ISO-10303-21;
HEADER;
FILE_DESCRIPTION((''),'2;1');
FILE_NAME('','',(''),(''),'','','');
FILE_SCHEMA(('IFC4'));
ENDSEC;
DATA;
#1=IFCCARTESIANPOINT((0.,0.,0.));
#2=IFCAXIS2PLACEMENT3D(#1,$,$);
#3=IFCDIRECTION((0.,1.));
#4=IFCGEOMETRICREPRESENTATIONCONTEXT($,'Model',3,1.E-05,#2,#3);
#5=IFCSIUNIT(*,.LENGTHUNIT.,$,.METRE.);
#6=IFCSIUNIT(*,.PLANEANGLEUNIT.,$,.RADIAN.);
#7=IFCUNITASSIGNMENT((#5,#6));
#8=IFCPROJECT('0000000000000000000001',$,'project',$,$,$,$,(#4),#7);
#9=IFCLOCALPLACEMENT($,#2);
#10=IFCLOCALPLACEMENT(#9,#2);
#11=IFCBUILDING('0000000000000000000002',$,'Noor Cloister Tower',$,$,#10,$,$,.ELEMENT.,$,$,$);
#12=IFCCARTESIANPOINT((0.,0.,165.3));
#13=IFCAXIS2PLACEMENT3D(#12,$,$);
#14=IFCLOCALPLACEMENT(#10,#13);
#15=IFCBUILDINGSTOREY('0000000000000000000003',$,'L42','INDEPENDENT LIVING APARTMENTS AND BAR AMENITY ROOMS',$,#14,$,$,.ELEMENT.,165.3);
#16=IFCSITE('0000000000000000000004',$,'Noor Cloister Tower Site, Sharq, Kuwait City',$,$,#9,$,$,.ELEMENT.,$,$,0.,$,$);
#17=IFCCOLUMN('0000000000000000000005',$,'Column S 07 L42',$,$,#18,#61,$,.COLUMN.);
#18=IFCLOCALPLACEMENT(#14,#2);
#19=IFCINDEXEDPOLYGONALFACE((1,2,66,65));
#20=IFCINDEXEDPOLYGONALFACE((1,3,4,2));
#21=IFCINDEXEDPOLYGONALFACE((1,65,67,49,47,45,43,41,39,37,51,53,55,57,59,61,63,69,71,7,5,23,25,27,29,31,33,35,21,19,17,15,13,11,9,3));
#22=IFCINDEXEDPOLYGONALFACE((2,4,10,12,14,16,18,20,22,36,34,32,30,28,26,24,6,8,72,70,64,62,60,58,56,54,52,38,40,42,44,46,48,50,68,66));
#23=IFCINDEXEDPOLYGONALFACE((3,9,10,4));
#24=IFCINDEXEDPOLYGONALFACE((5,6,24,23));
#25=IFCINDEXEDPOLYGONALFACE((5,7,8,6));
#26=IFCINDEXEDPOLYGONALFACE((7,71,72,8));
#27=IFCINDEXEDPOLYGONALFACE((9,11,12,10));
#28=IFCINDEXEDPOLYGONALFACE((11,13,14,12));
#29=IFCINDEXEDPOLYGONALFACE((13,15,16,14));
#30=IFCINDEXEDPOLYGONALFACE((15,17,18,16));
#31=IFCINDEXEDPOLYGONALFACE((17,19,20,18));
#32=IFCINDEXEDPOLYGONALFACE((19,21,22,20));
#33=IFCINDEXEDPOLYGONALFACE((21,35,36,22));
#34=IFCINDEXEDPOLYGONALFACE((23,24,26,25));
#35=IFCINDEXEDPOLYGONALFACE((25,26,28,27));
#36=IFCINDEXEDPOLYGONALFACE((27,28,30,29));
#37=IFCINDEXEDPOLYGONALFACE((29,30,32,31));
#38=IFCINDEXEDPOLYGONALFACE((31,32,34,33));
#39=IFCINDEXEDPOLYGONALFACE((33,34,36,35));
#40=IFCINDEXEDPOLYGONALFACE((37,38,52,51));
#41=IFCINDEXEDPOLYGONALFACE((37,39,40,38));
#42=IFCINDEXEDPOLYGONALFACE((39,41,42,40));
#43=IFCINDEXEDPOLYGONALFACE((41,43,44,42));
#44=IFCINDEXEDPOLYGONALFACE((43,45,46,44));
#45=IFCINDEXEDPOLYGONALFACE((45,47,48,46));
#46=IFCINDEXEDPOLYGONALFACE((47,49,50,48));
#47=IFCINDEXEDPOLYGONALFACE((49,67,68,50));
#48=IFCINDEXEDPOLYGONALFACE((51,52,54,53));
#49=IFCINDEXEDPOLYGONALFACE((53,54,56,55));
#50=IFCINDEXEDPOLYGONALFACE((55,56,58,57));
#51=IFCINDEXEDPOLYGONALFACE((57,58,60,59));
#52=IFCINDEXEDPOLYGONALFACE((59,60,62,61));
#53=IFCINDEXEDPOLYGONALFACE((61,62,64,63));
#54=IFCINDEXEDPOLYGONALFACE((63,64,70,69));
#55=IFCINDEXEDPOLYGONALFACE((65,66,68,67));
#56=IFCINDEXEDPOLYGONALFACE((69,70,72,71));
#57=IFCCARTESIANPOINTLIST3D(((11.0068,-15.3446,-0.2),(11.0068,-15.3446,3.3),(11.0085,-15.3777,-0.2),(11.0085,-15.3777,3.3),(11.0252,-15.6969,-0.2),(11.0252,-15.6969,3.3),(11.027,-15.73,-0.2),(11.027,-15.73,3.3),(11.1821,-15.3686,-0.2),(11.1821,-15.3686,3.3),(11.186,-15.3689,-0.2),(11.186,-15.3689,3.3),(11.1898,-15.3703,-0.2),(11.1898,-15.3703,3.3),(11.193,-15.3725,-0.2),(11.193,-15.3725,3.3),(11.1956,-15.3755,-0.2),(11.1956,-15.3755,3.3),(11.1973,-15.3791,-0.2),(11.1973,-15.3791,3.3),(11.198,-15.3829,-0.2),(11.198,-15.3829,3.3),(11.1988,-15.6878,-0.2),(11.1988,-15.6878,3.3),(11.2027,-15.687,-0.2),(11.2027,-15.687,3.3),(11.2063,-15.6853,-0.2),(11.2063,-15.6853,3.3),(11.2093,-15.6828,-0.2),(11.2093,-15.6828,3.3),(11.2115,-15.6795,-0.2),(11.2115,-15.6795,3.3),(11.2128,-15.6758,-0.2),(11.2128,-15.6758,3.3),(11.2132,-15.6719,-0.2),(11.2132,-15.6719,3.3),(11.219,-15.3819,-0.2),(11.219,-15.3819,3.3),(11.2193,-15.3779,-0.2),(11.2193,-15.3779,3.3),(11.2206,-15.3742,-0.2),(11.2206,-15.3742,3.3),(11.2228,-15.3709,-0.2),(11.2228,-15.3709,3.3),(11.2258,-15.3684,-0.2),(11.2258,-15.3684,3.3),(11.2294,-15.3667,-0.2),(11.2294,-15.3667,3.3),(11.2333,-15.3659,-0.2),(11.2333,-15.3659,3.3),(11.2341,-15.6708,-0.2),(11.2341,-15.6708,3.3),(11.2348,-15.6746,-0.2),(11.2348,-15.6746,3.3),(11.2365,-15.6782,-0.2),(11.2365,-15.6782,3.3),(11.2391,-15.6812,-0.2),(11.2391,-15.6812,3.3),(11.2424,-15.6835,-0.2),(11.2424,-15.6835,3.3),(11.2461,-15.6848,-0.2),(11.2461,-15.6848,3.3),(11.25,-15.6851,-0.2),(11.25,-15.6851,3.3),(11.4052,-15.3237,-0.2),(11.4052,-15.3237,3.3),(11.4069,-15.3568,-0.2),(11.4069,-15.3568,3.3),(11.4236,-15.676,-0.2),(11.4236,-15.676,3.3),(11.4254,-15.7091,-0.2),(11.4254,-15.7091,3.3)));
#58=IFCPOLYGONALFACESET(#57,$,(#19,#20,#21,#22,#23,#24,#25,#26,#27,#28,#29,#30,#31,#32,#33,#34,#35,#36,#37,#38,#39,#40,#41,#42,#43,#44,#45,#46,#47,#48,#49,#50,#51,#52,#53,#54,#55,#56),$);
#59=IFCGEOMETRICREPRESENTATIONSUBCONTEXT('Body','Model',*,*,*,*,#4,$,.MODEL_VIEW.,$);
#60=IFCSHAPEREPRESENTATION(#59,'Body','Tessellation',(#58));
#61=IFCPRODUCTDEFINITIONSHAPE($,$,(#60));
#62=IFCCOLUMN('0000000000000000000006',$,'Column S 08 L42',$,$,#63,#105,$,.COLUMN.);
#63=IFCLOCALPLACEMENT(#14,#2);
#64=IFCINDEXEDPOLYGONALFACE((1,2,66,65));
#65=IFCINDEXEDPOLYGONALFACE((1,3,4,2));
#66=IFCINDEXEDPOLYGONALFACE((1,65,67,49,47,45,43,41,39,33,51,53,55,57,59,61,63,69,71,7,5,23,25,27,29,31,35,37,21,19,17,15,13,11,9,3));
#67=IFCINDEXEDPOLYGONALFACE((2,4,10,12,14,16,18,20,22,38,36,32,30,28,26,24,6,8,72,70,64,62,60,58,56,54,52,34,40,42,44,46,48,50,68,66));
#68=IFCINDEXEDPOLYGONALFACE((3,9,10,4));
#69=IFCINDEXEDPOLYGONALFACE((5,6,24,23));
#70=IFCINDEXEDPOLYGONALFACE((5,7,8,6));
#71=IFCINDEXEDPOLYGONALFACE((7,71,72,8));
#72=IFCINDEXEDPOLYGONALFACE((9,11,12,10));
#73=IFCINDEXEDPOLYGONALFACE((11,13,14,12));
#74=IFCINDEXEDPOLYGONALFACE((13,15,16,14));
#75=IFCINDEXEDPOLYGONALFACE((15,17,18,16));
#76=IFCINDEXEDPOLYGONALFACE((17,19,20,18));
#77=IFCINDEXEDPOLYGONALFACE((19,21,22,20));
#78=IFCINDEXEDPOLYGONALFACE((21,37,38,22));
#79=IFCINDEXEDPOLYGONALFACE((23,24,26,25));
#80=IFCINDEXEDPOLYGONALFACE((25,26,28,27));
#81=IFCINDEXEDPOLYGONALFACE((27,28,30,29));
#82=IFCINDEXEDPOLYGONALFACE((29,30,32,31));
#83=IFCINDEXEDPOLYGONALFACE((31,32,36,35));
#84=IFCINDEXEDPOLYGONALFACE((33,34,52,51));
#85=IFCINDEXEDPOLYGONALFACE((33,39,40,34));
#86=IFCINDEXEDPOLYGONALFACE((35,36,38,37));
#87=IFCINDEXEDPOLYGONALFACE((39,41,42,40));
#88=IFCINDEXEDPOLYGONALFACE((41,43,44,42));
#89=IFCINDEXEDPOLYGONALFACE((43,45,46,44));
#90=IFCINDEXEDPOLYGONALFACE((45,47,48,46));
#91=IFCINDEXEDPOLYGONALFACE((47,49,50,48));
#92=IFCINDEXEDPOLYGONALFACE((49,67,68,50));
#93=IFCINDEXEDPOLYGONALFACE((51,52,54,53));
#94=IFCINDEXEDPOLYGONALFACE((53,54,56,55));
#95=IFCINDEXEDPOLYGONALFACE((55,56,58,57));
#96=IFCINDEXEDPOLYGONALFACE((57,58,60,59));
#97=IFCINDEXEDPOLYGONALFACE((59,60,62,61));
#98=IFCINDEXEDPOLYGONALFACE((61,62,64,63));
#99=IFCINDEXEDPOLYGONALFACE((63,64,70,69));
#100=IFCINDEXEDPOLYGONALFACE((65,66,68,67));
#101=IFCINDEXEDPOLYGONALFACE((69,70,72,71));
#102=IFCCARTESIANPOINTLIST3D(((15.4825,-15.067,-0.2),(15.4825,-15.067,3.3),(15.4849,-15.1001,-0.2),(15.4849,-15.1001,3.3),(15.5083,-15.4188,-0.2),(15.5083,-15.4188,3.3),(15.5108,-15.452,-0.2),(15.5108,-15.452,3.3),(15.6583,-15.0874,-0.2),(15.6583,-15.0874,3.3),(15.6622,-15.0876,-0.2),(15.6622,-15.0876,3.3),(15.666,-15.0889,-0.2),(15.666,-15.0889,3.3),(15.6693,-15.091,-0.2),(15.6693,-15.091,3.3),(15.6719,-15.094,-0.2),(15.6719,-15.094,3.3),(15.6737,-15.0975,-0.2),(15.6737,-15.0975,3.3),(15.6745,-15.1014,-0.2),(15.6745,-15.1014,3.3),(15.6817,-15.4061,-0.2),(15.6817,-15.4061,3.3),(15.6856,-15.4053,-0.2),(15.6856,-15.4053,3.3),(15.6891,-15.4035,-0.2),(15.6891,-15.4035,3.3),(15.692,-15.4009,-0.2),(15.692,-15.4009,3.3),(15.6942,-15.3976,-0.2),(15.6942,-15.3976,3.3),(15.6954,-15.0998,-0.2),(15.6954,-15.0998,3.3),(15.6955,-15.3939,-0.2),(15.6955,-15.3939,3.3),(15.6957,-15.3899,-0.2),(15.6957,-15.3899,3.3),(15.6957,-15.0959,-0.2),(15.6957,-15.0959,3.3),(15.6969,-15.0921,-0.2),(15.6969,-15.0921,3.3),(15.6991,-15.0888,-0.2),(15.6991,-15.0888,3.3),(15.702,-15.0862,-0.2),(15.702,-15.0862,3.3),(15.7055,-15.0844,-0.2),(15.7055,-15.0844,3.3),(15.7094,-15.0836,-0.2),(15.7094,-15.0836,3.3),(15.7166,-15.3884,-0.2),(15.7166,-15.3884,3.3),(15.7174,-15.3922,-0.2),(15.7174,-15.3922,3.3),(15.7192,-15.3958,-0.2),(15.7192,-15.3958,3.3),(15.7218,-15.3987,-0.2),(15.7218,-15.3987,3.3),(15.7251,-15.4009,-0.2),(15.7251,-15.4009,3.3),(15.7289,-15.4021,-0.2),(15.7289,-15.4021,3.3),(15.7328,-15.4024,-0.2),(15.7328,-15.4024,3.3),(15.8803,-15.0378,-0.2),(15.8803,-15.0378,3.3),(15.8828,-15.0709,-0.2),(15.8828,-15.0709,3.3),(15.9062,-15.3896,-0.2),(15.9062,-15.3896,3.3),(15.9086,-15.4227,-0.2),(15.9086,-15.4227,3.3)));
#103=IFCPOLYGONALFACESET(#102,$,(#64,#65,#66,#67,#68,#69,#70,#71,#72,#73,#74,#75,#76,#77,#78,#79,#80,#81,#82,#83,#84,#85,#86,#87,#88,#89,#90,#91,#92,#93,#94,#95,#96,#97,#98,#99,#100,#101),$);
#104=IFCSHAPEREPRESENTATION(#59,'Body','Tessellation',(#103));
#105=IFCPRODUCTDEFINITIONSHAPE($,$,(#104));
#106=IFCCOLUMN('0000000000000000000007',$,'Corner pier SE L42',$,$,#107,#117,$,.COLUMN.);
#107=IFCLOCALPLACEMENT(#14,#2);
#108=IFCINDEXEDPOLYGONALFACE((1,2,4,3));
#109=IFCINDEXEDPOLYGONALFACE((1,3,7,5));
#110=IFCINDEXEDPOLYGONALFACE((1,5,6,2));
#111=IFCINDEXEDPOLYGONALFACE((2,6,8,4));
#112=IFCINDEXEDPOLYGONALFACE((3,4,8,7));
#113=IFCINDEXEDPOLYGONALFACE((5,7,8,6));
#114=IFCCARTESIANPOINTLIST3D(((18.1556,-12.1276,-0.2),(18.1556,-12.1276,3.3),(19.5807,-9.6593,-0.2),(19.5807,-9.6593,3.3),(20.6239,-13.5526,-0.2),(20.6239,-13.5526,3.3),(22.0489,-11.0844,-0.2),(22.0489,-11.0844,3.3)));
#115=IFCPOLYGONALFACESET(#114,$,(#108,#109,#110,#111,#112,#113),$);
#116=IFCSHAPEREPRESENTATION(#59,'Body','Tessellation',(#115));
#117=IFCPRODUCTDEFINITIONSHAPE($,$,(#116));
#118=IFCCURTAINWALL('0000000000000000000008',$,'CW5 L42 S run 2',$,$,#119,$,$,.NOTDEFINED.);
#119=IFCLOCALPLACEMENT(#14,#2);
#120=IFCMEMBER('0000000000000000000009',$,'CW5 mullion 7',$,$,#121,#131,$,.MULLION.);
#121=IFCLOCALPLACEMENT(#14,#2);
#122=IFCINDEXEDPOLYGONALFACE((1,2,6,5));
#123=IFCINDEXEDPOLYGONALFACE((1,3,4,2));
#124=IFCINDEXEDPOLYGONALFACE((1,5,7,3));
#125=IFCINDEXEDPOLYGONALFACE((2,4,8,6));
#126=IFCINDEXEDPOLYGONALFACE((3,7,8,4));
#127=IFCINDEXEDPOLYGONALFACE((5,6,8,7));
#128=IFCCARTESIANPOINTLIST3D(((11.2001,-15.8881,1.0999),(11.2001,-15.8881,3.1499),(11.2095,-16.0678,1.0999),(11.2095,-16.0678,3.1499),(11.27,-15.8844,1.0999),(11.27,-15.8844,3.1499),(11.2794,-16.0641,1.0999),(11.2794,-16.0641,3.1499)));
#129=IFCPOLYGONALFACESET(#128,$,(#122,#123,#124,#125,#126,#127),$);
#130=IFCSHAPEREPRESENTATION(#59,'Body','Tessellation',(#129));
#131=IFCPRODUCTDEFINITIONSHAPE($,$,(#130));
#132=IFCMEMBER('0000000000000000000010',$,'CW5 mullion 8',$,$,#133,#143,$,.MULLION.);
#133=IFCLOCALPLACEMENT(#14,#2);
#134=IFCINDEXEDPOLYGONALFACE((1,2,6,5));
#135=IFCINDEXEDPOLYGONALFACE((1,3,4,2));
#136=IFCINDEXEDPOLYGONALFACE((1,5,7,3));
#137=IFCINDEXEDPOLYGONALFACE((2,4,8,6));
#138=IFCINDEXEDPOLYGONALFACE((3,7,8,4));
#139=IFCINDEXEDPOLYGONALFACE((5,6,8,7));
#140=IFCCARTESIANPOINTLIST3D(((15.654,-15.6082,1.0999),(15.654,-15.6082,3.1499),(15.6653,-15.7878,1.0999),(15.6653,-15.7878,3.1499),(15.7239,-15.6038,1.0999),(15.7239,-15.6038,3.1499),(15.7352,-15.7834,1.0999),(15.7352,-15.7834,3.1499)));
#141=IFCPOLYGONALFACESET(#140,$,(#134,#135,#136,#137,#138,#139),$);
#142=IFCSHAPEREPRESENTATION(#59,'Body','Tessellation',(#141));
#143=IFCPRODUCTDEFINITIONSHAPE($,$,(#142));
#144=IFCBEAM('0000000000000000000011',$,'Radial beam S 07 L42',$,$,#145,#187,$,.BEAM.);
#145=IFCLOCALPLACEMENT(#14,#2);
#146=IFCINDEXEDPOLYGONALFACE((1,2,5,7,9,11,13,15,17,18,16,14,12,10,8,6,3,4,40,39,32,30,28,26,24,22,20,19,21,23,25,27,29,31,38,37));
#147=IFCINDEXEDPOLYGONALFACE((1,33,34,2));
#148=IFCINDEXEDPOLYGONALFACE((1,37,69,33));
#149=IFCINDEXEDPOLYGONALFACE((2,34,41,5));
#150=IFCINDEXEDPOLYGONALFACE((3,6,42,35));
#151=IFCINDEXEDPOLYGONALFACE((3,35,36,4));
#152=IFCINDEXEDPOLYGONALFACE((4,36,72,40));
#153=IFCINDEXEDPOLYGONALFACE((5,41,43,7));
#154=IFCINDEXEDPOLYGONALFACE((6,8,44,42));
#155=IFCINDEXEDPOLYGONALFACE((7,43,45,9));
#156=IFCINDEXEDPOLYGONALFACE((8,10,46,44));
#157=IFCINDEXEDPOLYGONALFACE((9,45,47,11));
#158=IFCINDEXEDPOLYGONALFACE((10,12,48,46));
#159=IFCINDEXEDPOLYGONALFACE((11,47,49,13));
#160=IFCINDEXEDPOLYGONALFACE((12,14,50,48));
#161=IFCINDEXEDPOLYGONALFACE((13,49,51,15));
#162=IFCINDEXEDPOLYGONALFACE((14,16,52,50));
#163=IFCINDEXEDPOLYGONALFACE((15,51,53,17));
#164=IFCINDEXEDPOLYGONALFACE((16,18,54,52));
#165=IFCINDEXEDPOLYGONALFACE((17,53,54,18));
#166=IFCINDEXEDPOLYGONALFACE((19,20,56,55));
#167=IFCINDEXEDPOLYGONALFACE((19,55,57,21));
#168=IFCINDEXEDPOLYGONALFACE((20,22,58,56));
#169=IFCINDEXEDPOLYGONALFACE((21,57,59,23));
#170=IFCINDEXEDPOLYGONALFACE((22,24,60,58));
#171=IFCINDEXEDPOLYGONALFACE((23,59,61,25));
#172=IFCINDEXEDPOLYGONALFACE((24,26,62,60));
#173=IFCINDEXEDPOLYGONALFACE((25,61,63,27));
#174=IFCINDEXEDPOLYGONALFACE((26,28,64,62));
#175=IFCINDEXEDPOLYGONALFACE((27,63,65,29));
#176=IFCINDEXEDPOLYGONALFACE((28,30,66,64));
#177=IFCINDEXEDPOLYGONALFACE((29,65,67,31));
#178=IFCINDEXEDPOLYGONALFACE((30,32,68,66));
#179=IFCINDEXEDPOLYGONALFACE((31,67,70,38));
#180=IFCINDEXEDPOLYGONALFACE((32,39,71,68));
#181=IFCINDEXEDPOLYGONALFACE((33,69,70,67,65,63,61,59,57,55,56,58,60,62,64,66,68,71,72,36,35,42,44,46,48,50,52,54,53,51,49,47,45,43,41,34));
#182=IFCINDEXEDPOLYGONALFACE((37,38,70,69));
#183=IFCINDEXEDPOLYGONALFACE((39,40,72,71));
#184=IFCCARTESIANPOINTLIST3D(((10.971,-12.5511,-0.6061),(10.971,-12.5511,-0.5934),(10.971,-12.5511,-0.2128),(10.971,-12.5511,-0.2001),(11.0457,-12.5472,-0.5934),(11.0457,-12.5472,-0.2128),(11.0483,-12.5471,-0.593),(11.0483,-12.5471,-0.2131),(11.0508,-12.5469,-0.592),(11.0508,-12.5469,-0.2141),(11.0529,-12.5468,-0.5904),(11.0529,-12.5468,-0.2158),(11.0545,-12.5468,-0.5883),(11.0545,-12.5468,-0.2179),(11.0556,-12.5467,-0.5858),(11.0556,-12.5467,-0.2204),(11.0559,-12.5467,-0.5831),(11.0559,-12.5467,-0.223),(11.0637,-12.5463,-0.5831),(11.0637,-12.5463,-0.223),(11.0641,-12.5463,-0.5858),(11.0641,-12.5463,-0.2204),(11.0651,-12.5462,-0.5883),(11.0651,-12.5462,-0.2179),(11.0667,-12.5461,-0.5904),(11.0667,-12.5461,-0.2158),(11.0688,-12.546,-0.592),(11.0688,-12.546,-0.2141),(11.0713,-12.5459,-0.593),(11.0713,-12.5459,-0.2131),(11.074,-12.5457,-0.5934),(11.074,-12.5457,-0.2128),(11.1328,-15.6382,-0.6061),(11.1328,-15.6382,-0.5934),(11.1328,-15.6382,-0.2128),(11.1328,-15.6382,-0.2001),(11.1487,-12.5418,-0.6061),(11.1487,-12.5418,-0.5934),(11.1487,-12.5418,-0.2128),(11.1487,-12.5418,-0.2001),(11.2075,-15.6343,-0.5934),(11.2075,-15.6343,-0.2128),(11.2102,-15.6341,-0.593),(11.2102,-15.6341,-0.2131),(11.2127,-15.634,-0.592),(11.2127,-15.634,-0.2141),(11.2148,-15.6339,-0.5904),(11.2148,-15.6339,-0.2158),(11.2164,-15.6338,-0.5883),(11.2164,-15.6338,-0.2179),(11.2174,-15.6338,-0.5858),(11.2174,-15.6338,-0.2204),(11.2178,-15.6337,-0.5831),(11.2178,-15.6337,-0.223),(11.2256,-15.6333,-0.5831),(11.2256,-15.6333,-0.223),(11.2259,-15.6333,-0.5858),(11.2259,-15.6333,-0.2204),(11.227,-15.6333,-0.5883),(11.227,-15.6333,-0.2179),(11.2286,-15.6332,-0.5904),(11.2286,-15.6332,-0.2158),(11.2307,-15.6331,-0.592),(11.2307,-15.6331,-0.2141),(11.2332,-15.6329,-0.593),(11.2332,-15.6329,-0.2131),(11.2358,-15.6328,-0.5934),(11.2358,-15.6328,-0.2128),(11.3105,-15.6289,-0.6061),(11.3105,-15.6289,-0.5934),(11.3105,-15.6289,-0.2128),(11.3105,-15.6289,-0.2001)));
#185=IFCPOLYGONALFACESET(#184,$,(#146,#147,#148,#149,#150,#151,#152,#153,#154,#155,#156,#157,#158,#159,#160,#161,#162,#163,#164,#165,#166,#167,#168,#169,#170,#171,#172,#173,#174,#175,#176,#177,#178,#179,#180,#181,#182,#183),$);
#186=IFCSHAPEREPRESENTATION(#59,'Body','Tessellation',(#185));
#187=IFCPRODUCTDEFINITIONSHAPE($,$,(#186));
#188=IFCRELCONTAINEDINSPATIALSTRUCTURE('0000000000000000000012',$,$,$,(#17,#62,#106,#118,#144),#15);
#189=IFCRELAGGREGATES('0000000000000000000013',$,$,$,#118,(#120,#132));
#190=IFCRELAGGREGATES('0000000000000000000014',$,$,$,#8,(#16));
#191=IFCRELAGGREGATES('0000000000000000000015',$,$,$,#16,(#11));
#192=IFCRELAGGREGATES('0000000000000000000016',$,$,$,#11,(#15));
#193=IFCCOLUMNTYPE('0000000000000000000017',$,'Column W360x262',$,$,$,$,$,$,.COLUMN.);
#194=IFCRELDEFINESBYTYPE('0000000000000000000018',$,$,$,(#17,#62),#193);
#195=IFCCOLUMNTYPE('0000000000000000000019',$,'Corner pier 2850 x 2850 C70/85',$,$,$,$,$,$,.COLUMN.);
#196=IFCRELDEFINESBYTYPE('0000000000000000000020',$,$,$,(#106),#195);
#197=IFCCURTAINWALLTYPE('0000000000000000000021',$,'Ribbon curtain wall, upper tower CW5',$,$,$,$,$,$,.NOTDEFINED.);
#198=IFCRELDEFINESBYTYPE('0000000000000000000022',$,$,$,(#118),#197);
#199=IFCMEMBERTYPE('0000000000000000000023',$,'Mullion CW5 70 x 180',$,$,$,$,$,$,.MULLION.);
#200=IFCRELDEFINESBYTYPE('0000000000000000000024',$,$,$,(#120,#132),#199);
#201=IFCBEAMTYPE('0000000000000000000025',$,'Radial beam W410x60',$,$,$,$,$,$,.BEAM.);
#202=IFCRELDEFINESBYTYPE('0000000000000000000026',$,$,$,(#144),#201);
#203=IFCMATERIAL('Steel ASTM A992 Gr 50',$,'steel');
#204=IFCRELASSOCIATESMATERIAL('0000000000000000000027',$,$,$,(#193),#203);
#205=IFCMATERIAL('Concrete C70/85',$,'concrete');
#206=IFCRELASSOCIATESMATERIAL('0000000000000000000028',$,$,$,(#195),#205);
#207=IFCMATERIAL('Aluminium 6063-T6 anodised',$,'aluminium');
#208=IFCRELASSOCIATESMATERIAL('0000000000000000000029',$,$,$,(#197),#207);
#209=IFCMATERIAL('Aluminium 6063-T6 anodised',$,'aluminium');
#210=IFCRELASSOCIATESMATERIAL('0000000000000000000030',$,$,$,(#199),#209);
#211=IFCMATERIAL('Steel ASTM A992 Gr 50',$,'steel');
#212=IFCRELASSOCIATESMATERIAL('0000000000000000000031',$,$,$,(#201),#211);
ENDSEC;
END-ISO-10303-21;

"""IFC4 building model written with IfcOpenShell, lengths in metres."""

from ifc_helpers import new_model, si_unit, direction, frame, origin, origin_2d, place, context, subcontext, project, spatial, rectangle, i_section, extrude, material, material_profile, profile_set, type_object, element, aggregate, save


model = new_model("IFC4")

# Units and contexts
model_context = context("Model", 3, precision=1e-05, world=origin(), true_north=direction((0.0, 1.0)))
body_context = subcontext(model_context, "Body", "Model", "MODEL_VIEW")
ifc_project = project(units=[si_unit("LENGTHUNIT", "METRE"), si_unit("PLANEANGLEUNIT", "RADIAN")], contexts=[model_context])

# Site, building, storey
site_placement = place(None, origin())
site = spatial("IfcSite", under=ifc_project, at=site_placement, Name="Noor Cloister Tower Site, Sharq, Kuwait City", CompositionType="ELEMENT", RefElevation=0.0)
building_placement = place(site_placement, origin())
building = spatial("IfcBuilding", under=site, at=building_placement, Name="Noor Cloister Tower", CompositionType="ELEMENT")
storey_placement = place(building_placement, frame((0.0, 0.0, 165.3)))
storey = spatial("IfcBuildingStorey", under=building, at=storey_placement, Name="L42", Description="INDEPENDENT LIVING APARTMENTS AND BAR AMENITY ROOMS", CompositionType="ELEMENT", Elevation=165.3)

# Columns
ifc_material_1 = material(Name="Steel ASTM A992 Gr 50", Category="steel")
ifc_material_profile_1 = material_profile(ifc_material_1, i_section(OverallWidth=0.3989, OverallDepth=0.386, WebThickness=0.021, FlangeThickness=0.0332, FilletRadius=0.0151, at=origin_2d()), Name="W360x262")
ifc_profile_set_1 = profile_set([ifc_material_profile_1], Name="Steel ASTM A992 Gr 50")
column_type_1 = type_object("IfcColumnType", Name="Column W360x262", PredefinedType="COLUMN", material=ifc_profile_set_1)
for number, where, z_axis, x_axis, name in (
    (1, (11.2161, -15.5269, -0.2), (0.0, 0.0, 1.0), (0.998629, 0.052342, 0.0), "Column S 07 L42"),
    (2, (15.6956, -15.2449, -0.2), (0.0, 0.0, 1.0), (0.997314, 0.073247, 0.0), "Column S 08 L42"),
):
    element("IfcColumn", number, at=place(storey_placement, frame(where, z_axis=z_axis, x_axis=x_axis)), inside=storey, type_object=column_type_1, Name=name, PredefinedType="COLUMN", context=body_context, shape_type="SweptSolid", body=[
        extrude(i_section(OverallWidth=0.3989, OverallDepth=0.386, WebThickness=0.021, FlangeThickness=0.0332, FilletRadius=0.0151, at=origin_2d()), origin(), (0.0, 0.0, 1.0), 3.5),
    ])
ifc_material_2 = material(Name="Concrete C70/85", Category="concrete")
ifc_material_profile_2 = material_profile(ifc_material_2, rectangle(XDim=2.8501, YDim=2.8501, at=origin_2d()), Name="RC 2850x2850")
ifc_profile_set_2 = profile_set([ifc_material_profile_2], Name="Concrete C70/85")
column_type_2 = type_object("IfcColumnType", Name="Corner pier 2850 x 2850 C70/85", PredefinedType="COLUMN", material=ifc_profile_set_2)
column_placement = place(storey_placement, frame((20.1023, -11.606, -0.2), z_axis=(0.0, 0.0, 1.0), x_axis=(0.866025, -0.5, 0.0)))
element("IfcColumn", 3, at=column_placement, inside=storey, type_object=column_type_2, Name="Corner pier SE L42", PredefinedType="COLUMN", context=body_context, shape_type="SweptSolid", body=[
    extrude(rectangle(XDim=2.8501, YDim=2.8501, at=origin_2d()), origin(), (0.0, 0.0, 1.0), 3.5),
])

# Curtain wall, members
ifc_material_3 = material(Name="Aluminium 6063-T6 anodised", Category="aluminium")
curtain_wall_type = type_object("IfcCurtainWallType", Name="Ribbon curtain wall, upper tower CW5", PredefinedType="NOTDEFINED", material=ifc_material_3)
curtain_wall_placement = place(storey_placement, origin())
curtain_wall = element("IfcCurtainWall", 4, at=curtain_wall_placement, inside=storey, type_object=curtain_wall_type, Name="CW5 L42 S run 2", PredefinedType="NOTDEFINED")
ifc_material_4 = material(Name="Aluminium 6063-T6 anodised", Category="aluminium")
ifc_material_profile_3 = material_profile(ifc_material_4, rectangle(XDim=0.1799, YDim=0.0701, at=origin_2d()), Name="180 x 70 mullion")
ifc_profile_set_3 = profile_set([ifc_material_profile_3], Name="Aluminium 6063-T6 anodised")
member_type = type_object("IfcMemberType", Name="Mullion CW5 70 x 180", PredefinedType="MULLION", material=ifc_profile_set_3)
member_1_placement = place(storey_placement, frame((11.2397, -15.9761, 1.0999), z_axis=(0.0, 0.0, 1.0), x_axis=(-0.052342, 0.998629, 0.0)))
member_1 = element("IfcMember", 5, at=member_1_placement, type_object=member_type, Name="CW5 mullion 7", PredefinedType="MULLION", context=body_context, shape_type="SweptSolid", body=[
    extrude(rectangle(XDim=0.1799, YDim=0.0701, at=origin_2d()), origin(), (0.0, 0.0, 1.0), 2.05),
])
member_2_placement = place(storey_placement, frame((15.6946, -15.6958, 1.0999), z_axis=(0.0, 0.0, 1.0), x_axis=(-0.062798, 0.998026, 0.0)))
member_2 = element("IfcMember", 6, at=member_2_placement, type_object=member_type, Name="CW5 mullion 8", PredefinedType="MULLION", context=body_context, shape_type="SweptSolid", body=[
    extrude(rectangle(XDim=0.1799, YDim=0.0701, at=origin_2d()), origin(), (0.0, 0.0, 1.0), 2.05),
])

# Beam
ifc_material_5 = material(Name="Steel ASTM A992 Gr 50", Category="steel")
ifc_material_profile_4 = material_profile(ifc_material_5, i_section(OverallWidth=0.178, OverallDepth=0.406, WebThickness=0.0078, FlangeThickness=0.0127, FilletRadius=0.0103, at=origin_2d()), Name="W410x60")
ifc_profile_set_4 = profile_set([ifc_material_profile_4], Name="Steel ASTM A992 Gr 50")
beam_type_1 = type_object("IfcBeamType", Name="Radial beam W410x60", PredefinedType="BEAM", material=ifc_profile_set_4)
beam_1_placement = place(storey_placement, frame((11.2217, -15.6335, -0.4031), z_axis=(-0.05236, 0.998628, 0.0), x_axis=(-0.998628, -0.05236, 0.0)))
element("IfcBeam", 7, at=beam_1_placement, inside=storey, type_object=beam_type_1, Name="Radial beam S 07 L42", PredefinedType="BEAM", context=body_context, shape_type="SweptSolid", body=[
    extrude(i_section(OverallWidth=0.178, OverallDepth=0.406, WebThickness=0.0078, FlangeThickness=0.0127, FilletRadius=0.0103, at=origin_2d()), origin(), (0.0, 0.0, 1.0), 3.0913),
])

aggregate(curtain_wall, [member_1, member_2])

save(model, "model.ifc")
